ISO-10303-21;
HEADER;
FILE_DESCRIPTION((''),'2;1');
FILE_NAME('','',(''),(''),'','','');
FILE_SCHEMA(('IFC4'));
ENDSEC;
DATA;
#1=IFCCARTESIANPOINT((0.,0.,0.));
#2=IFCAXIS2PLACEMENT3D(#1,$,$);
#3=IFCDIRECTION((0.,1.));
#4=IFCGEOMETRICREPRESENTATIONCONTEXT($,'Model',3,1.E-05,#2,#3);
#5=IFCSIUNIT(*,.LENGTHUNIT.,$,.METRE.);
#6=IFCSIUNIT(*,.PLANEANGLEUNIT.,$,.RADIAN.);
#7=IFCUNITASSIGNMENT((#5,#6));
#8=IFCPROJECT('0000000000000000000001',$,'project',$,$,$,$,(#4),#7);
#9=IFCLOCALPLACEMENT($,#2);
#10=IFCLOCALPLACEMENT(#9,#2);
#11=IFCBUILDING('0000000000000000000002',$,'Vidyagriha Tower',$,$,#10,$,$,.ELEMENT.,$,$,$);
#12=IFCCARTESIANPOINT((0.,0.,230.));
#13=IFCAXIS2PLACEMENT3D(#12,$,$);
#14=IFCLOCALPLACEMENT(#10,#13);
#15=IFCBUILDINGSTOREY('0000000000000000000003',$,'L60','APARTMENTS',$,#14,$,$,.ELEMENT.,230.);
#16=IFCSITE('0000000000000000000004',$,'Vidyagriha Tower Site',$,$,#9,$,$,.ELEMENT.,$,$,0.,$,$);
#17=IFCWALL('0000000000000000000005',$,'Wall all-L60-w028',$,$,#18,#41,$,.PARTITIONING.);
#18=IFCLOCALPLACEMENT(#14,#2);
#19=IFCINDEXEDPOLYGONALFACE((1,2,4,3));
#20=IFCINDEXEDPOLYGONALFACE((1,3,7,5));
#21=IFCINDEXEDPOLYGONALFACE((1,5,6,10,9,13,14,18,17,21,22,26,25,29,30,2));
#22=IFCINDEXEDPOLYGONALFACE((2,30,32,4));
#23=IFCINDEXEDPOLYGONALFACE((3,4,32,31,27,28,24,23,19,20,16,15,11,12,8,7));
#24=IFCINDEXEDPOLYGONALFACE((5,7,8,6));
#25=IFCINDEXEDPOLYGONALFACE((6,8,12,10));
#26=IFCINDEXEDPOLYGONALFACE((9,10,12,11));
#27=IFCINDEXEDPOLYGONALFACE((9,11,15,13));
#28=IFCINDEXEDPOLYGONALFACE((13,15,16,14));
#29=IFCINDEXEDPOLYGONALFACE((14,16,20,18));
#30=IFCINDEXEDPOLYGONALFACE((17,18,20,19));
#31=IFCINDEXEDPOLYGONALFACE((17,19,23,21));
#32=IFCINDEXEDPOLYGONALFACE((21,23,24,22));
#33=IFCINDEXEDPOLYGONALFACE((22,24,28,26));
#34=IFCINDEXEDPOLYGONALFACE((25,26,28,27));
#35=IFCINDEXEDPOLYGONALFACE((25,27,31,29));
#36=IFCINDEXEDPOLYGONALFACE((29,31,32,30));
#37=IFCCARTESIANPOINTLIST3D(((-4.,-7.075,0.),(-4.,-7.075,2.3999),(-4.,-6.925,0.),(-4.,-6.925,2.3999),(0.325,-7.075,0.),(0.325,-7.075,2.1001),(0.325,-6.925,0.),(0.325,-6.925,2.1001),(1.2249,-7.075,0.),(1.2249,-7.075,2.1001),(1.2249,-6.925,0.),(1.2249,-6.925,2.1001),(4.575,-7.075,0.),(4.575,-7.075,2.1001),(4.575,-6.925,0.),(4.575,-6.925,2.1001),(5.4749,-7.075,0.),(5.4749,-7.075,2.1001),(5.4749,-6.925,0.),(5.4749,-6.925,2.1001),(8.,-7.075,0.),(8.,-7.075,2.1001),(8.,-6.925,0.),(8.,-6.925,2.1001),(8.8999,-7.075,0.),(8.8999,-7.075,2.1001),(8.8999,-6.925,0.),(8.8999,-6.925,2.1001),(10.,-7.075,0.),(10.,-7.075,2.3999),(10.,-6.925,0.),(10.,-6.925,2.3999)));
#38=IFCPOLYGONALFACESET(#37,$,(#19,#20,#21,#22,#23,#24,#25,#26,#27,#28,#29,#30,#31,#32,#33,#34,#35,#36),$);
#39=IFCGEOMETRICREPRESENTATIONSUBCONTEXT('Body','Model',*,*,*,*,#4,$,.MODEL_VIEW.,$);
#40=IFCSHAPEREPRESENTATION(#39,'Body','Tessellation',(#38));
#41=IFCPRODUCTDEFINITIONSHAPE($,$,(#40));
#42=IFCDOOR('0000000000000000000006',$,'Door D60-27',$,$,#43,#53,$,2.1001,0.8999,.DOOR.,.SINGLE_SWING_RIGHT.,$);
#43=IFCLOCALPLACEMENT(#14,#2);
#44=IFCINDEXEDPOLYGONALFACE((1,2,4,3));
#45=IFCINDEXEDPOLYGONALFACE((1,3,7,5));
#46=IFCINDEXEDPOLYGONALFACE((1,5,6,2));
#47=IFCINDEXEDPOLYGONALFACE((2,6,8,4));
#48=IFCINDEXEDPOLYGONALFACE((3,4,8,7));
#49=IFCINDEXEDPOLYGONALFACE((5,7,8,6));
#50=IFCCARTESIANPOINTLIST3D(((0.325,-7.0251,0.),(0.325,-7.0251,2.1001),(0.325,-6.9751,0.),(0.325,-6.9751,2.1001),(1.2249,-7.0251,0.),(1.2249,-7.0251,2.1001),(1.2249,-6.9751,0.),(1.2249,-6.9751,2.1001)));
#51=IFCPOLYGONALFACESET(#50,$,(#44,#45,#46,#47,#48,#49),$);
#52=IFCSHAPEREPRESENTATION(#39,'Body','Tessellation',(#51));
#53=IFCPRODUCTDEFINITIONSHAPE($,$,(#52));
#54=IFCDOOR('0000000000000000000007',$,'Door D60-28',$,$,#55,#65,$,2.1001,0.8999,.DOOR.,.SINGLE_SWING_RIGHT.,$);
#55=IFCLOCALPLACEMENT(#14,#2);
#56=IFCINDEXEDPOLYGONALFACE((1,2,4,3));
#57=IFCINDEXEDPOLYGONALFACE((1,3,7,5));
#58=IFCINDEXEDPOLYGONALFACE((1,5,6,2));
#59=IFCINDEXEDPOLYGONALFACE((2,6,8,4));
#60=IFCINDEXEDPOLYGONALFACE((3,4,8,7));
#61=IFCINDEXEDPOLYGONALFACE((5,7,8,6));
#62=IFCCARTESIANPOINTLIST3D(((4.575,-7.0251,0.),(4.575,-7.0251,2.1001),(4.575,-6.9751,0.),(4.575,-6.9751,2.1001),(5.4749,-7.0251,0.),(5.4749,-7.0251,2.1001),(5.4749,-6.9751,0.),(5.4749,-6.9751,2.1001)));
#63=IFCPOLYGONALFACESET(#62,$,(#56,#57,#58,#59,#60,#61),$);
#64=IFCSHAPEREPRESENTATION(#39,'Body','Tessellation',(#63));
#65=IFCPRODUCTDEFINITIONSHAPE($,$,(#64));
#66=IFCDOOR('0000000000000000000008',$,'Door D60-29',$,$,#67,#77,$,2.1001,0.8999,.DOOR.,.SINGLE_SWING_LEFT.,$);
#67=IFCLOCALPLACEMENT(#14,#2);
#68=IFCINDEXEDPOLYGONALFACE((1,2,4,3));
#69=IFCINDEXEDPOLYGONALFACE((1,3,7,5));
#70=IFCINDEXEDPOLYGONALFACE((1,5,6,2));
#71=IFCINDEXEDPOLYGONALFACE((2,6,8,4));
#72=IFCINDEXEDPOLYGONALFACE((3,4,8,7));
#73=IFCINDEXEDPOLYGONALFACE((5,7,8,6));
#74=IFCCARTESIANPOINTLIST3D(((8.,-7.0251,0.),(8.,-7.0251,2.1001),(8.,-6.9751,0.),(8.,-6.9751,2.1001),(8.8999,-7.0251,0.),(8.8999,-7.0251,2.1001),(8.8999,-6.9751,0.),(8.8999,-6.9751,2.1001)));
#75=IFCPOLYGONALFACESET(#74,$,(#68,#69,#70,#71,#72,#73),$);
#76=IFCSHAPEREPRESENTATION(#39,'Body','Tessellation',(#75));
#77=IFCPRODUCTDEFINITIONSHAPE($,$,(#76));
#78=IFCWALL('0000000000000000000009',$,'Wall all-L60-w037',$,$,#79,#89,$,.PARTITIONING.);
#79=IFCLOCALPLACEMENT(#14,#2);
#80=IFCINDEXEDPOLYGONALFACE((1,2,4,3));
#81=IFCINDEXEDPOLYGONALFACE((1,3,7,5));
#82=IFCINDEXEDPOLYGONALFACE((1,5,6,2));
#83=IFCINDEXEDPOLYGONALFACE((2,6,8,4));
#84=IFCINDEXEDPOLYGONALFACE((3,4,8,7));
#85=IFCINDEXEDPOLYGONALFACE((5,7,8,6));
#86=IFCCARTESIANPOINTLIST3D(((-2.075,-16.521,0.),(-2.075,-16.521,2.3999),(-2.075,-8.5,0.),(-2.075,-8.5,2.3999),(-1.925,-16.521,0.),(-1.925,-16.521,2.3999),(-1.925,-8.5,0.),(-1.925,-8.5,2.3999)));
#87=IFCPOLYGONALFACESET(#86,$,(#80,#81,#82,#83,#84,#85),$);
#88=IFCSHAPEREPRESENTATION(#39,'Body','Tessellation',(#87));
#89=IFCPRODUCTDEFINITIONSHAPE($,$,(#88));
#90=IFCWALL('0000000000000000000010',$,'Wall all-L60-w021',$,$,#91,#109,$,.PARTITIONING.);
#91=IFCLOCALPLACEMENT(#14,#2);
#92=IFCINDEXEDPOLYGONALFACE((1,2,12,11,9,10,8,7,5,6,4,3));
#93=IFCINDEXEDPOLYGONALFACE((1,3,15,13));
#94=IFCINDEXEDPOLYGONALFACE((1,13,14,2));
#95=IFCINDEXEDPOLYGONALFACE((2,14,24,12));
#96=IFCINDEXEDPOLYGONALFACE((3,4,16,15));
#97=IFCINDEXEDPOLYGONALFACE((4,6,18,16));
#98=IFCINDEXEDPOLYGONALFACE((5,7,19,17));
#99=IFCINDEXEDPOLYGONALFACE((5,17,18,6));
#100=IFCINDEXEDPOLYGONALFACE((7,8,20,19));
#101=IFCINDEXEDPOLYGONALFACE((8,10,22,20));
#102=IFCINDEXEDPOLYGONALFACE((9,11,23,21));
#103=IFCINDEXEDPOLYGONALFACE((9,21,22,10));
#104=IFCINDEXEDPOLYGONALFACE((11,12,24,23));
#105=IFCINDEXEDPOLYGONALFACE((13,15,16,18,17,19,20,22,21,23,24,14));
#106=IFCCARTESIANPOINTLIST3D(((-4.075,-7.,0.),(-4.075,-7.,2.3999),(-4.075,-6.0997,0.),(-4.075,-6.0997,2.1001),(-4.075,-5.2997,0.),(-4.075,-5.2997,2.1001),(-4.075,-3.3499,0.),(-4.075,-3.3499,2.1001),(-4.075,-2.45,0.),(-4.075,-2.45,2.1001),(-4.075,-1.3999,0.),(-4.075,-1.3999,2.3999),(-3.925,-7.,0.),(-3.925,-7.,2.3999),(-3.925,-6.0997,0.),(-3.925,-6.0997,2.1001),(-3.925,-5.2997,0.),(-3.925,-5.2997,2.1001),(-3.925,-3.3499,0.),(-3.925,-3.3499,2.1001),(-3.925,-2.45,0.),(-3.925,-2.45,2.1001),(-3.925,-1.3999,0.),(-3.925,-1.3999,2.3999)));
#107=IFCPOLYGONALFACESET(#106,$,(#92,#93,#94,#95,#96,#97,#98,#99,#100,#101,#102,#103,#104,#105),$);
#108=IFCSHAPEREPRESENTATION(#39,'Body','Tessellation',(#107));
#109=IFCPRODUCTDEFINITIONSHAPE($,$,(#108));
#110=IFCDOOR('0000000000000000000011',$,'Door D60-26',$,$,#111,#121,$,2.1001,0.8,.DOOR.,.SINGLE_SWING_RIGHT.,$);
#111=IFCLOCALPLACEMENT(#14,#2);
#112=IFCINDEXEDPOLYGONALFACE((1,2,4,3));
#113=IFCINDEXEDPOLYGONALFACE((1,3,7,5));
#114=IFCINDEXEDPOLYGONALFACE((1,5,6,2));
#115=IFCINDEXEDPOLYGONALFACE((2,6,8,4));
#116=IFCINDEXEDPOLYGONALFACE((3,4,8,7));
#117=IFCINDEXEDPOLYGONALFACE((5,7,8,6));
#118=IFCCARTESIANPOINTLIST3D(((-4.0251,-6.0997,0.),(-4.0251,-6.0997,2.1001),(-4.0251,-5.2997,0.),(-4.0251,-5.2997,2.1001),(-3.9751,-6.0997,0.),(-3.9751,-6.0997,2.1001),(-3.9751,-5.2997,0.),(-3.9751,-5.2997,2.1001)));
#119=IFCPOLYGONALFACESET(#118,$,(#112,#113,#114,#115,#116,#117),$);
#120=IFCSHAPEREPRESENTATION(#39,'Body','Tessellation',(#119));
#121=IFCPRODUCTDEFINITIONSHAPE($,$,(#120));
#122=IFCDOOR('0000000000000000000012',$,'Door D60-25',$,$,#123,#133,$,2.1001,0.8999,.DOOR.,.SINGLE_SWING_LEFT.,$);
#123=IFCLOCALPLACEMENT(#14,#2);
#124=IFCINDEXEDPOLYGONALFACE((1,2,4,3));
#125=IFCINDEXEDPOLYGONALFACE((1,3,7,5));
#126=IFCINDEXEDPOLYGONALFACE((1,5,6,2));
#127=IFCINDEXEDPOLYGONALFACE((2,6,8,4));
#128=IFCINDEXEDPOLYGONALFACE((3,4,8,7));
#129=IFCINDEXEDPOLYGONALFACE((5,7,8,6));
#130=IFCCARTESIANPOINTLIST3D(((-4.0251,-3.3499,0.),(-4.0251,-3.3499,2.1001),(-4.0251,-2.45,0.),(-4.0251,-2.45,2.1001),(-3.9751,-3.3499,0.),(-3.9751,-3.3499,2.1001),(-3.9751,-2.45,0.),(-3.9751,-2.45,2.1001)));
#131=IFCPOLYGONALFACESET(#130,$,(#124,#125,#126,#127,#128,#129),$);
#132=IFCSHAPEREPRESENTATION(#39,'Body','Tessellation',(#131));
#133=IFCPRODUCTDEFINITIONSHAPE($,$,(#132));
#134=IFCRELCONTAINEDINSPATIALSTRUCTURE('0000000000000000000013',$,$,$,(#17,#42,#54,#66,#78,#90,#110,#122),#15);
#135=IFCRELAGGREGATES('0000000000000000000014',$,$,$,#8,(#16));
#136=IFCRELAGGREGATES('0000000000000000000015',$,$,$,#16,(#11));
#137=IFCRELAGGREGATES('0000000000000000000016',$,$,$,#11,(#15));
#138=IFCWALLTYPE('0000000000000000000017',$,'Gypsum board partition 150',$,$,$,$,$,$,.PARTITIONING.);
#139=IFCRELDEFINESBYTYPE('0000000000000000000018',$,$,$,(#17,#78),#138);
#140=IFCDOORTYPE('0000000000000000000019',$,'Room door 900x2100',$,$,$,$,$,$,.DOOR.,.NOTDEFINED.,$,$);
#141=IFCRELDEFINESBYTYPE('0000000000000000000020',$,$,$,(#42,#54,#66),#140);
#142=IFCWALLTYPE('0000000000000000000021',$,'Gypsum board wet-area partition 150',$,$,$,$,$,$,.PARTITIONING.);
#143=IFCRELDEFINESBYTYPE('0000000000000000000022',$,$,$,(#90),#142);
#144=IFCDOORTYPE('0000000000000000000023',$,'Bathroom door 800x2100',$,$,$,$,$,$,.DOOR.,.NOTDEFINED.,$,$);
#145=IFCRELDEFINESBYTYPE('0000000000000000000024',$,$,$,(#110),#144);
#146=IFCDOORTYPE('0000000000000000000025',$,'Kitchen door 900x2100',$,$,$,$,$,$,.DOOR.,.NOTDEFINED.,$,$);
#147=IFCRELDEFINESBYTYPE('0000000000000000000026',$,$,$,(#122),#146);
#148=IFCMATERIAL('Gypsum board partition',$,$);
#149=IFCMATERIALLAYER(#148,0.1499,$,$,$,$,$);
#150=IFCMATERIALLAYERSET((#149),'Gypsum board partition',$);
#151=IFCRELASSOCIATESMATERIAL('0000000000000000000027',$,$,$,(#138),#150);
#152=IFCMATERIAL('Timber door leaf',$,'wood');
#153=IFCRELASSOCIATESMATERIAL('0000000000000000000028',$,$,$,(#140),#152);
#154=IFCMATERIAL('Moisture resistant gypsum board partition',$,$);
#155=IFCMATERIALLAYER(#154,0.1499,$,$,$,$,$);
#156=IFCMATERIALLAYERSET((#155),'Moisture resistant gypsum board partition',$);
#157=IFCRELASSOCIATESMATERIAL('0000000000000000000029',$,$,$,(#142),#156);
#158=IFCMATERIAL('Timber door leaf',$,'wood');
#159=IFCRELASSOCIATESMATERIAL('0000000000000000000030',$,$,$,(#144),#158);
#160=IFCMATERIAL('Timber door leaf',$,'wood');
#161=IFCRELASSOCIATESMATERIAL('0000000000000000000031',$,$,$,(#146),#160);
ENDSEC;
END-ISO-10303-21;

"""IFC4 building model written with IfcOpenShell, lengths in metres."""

from ifc_helpers import new_model, si_unit, direction, frame, frame_2d, origin, place, context, subcontext, project, spatial, rectangle, extrude, material, layer, layer_set, type_object, element, fill, save


model = new_model("IFC4")

# Units and contexts
model_context = context("Model", 3, precision=1e-05, world=origin(), true_north=direction((0.0, 1.0)))
body_context = subcontext(model_context, "Body", "Model", "MODEL_VIEW")
ifc_project = project(units=[si_unit("LENGTHUNIT", "METRE"), si_unit("PLANEANGLEUNIT", "RADIAN")], contexts=[model_context])

# Site, building, storey
site_placement = place(None, origin())
site = spatial("IfcSite", under=ifc_project, at=site_placement, Name="Vidyagriha Tower Site", CompositionType="ELEMENT", RefElevation=0.0)
building_placement = place(site_placement, origin())
building = spatial("IfcBuilding", under=site, at=building_placement, Name="Vidyagriha Tower", CompositionType="ELEMENT")
storey_placement = place(building_placement, frame((0.0, 0.0, 230.0)))
storey = spatial("IfcBuildingStorey", under=building, at=storey_placement, Name="L60", Description="APARTMENTS", CompositionType="ELEMENT", Elevation=230.0)

# Shared definitions
ifc_material_1 = material(Name="Gypsum board partition")
ifc_layer_1 = layer(ifc_material_1, 0.1499)
ifc_layer_set_1 = layer_set([ifc_layer_1], Name="Gypsum board partition")
wall_type_1 = type_object("IfcWallType", Name="Gypsum board partition 150", PredefinedType="PARTITIONING", material=ifc_layer_set_1)
ifc_material_2 = material(Name="Timber door leaf", Category="wood")
door_type_1 = type_object("IfcDoorType", Name="Room door 900x2100", OperationType="NOTDEFINED", PredefinedType="DOOR", material=ifc_material_2)

# Wall, openings, doors
wall_1_placement = place(storey_placement, frame((-4.0, -7.0, 0.0)))
wall_1 = element("IfcWall", 1, at=wall_1_placement, inside=storey, type_object=wall_type_1, Name="Wall all-L60-w028", PredefinedType="PARTITIONING", context=body_context, shape_type="SweptSolid", body=[
    extrude(rectangle(XDim=14.0, YDim=0.1499, at=frame_2d((7.0, 0.0))), origin(), (0.0, 0.0, 1.0), 2.3999),
])
opening_1_placement = place(wall_1_placement, frame((4.325, 0.0, 0.0)))
opening_1 = element("IfcOpeningElement", 2, at=opening_1_placement, cuts=wall_1, PredefinedType="OPENING", context=body_context, shape_type="SweptSolid", body=[
    extrude(rectangle(XDim=0.8999, YDim=2.1001, at=frame_2d((0.45, 1.05))), frame((0.0, 0.085, 0.0), z_axis=(0.0, -1.0, 0.0), x_axis=(1.0, 0.0, 0.0)), (0.0, 0.0, 1.0), 0.1699),
])
opening_2_placement = place(wall_1_placement, frame((8.575, 0.0, 0.0)))
opening_2 = element("IfcOpeningElement", 3, at=opening_2_placement, cuts=wall_1, PredefinedType="OPENING", context=body_context, shape_type="SweptSolid", body=[
    extrude(rectangle(XDim=0.8999, YDim=2.1001, at=frame_2d((0.45, 1.05))), frame((0.0, 0.085, 0.0), z_axis=(0.0, -1.0, 0.0), x_axis=(1.0, 0.0, 0.0)), (0.0, 0.0, 1.0), 0.1699),
])
opening_3_placement = place(wall_1_placement, frame((12.0, 0.0, 0.0)))
opening_3 = element("IfcOpeningElement", 4, at=opening_3_placement, cuts=wall_1, PredefinedType="OPENING", context=body_context, shape_type="SweptSolid", body=[
    extrude(rectangle(XDim=0.8999, YDim=2.1001, at=frame_2d((0.45, 1.05))), frame((0.0, 0.085, 0.0), z_axis=(0.0, -1.0, 0.0), x_axis=(1.0, 0.0, 0.0)), (0.0, 0.0, 1.0), 0.1699),
])
door_1_placement = place(opening_1_placement, origin())
door_1 = element("IfcDoor", 5, at=door_1_placement, inside=storey, type_object=door_type_1, Name="Door D60-27", OperationType="SINGLE_SWING_RIGHT", OverallHeight=2.1001, OverallWidth=0.8999, PredefinedType="DOOR", context=body_context, shape_type="SweptSolid", body=[
    extrude(rectangle(XDim=0.8999, YDim=2.1001, at=frame_2d((0.45, 1.05))), frame((0.0, 0.0249, 0.0), z_axis=(0.0, -1.0, 0.0), x_axis=(1.0, 0.0, 0.0)), (0.0, 0.0, 1.0), 0.05),
])
fill(opening_1, door_1)
door_2_placement = place(opening_2_placement, origin())
door_2 = element("IfcDoor", 6, at=door_2_placement, inside=storey, type_object=door_type_1, Name="Door D60-28", OperationType="SINGLE_SWING_RIGHT", OverallHeight=2.1001, OverallWidth=0.8999, PredefinedType="DOOR", context=body_context, shape_type="SweptSolid", body=[
    extrude(rectangle(XDim=0.8999, YDim=2.1001, at=frame_2d((0.45, 1.05))), frame((0.0, 0.0249, 0.0), z_axis=(0.0, -1.0, 0.0), x_axis=(1.0, 0.0, 0.0)), (0.0, 0.0, 1.0), 0.05),
])
fill(opening_2, door_2)
door_3_placement = place(opening_3_placement, origin())
door_3 = element("IfcDoor", 7, at=door_3_placement, inside=storey, type_object=door_type_1, Name="Door D60-29", OperationType="SINGLE_SWING_LEFT", OverallHeight=2.1001, OverallWidth=0.8999, PredefinedType="DOOR", context=body_context, shape_type="SweptSolid", body=[
    extrude(rectangle(XDim=0.8999, YDim=2.1001, at=frame_2d((0.45, 1.05))), frame((0.0, 0.0249, 0.0), z_axis=(0.0, -1.0, 0.0), x_axis=(1.0, 0.0, 0.0)), (0.0, 0.0, 1.0), 0.05),
])
fill(opening_3, door_3)

# Wall
wall_2_placement = place(storey_placement, frame((-2.0, -8.5, 0.0), z_axis=(0.0, 0.0, 1.0), x_axis=(0.0, -1.0, 0.0)))
element("IfcWall", 8, at=wall_2_placement, inside=storey, type_object=wall_type_1, Name="Wall all-L60-w037", PredefinedType="PARTITIONING", context=body_context, shape_type="SweptSolid", body=[
    extrude(rectangle(XDim=8.021, YDim=0.1499, at=frame_2d((4.0105, 0.0))), origin(), (0.0, 0.0, 1.0), 2.3999),
])

# Wall, openings, doors
ifc_material_3 = material(Name="Moisture resistant gypsum board partition")
ifc_layer_2 = layer(ifc_material_3, 0.1499)
ifc_layer_set_2 = layer_set([ifc_layer_2], Name="Moisture resistant gypsum board partition")
wall_type_2 = type_object("IfcWallType", Name="Gypsum board wet-area partition 150", PredefinedType="PARTITIONING", material=ifc_layer_set_2)
wall_3_placement = place(storey_placement, frame((-4.0, -1.3999, 0.0), z_axis=(0.0, 0.0, 1.0), x_axis=(0.0, -1.0, 0.0)))
wall_3 = element("IfcWall", 9, at=wall_3_placement, inside=storey, type_object=wall_type_2, Name="Wall all-L60-w021", PredefinedType="PARTITIONING", context=body_context, shape_type="SweptSolid", body=[
    extrude(rectangle(XDim=5.6001, YDim=0.1499, at=frame_2d((2.8, 0.0))), origin(), (0.0, 0.0, 1.0), 2.3999),
])
opening_4_placement = place(wall_3_placement, frame((1.05, 0.0, 0.0)))
opening_4 = element("IfcOpeningElement", 10, at=opening_4_placement, cuts=wall_3, PredefinedType="OPENING", context=body_context, shape_type="SweptSolid", body=[
    extrude(rectangle(XDim=0.8999, YDim=2.1001, at=frame_2d((0.45, 1.05))), frame((0.0, 0.085, 0.0), z_axis=(0.0, -1.0, 0.0), x_axis=(1.0, 0.0, 0.0)), (0.0, 0.0, 1.0), 0.1699),
])
opening_5_placement = place(wall_3_placement, frame((3.8999, 0.0, 0.0)))
opening_5 = element("IfcOpeningElement", 11, at=opening_5_placement, cuts=wall_3, PredefinedType="OPENING", context=body_context, shape_type="SweptSolid", body=[
    extrude(rectangle(XDim=0.8, YDim=2.1001, at=frame_2d((0.3999, 1.05))), frame((0.0, 0.085, 0.0), z_axis=(0.0, -1.0, 0.0), x_axis=(1.0, 0.0, 0.0)), (0.0, 0.0, 1.0), 0.1699),
])
ifc_material_4 = material(Name="Timber door leaf", Category="wood")
door_type_2 = type_object("IfcDoorType", Name="Bathroom door 800x2100", OperationType="NOTDEFINED", PredefinedType="DOOR", material=ifc_material_4)
door_4_placement = place(opening_5_placement, origin())
door_4 = element("IfcDoor", 12, at=door_4_placement, inside=storey, type_object=door_type_2, Name="Door D60-26", OperationType="SINGLE_SWING_RIGHT", OverallHeight=2.1001, OverallWidth=0.8, PredefinedType="DOOR", context=body_context, shape_type="SweptSolid", body=[
    extrude(rectangle(XDim=0.8, YDim=2.1001, at=frame_2d((0.3999, 1.05))), frame((0.0, 0.0249, 0.0), z_axis=(0.0, -1.0, 0.0), x_axis=(1.0, 0.0, 0.0)), (0.0, 0.0, 1.0), 0.05),
])
fill(opening_5, door_4)
ifc_material_5 = material(Name="Timber door leaf", Category="wood")
door_type_3 = type_object("IfcDoorType", Name="Kitchen door 900x2100", OperationType="NOTDEFINED", PredefinedType="DOOR", material=ifc_material_5)
door_5_placement = place(opening_4_placement, origin())
door_5 = element("IfcDoor", 13, at=door_5_placement, inside=storey, type_object=door_type_3, Name="Door D60-25", OperationType="SINGLE_SWING_LEFT", OverallHeight=2.1001, OverallWidth=0.8999, PredefinedType="DOOR", context=body_context, shape_type="SweptSolid", body=[
    extrude(rectangle(XDim=0.8999, YDim=2.1001, at=frame_2d((0.45, 1.05))), frame((0.0, 0.0249, 0.0), z_axis=(0.0, -1.0, 0.0), x_axis=(1.0, 0.0, 0.0)), (0.0, 0.0, 1.0), 0.05),
])
fill(opening_4, door_5)

save(model, "model.ifc")
